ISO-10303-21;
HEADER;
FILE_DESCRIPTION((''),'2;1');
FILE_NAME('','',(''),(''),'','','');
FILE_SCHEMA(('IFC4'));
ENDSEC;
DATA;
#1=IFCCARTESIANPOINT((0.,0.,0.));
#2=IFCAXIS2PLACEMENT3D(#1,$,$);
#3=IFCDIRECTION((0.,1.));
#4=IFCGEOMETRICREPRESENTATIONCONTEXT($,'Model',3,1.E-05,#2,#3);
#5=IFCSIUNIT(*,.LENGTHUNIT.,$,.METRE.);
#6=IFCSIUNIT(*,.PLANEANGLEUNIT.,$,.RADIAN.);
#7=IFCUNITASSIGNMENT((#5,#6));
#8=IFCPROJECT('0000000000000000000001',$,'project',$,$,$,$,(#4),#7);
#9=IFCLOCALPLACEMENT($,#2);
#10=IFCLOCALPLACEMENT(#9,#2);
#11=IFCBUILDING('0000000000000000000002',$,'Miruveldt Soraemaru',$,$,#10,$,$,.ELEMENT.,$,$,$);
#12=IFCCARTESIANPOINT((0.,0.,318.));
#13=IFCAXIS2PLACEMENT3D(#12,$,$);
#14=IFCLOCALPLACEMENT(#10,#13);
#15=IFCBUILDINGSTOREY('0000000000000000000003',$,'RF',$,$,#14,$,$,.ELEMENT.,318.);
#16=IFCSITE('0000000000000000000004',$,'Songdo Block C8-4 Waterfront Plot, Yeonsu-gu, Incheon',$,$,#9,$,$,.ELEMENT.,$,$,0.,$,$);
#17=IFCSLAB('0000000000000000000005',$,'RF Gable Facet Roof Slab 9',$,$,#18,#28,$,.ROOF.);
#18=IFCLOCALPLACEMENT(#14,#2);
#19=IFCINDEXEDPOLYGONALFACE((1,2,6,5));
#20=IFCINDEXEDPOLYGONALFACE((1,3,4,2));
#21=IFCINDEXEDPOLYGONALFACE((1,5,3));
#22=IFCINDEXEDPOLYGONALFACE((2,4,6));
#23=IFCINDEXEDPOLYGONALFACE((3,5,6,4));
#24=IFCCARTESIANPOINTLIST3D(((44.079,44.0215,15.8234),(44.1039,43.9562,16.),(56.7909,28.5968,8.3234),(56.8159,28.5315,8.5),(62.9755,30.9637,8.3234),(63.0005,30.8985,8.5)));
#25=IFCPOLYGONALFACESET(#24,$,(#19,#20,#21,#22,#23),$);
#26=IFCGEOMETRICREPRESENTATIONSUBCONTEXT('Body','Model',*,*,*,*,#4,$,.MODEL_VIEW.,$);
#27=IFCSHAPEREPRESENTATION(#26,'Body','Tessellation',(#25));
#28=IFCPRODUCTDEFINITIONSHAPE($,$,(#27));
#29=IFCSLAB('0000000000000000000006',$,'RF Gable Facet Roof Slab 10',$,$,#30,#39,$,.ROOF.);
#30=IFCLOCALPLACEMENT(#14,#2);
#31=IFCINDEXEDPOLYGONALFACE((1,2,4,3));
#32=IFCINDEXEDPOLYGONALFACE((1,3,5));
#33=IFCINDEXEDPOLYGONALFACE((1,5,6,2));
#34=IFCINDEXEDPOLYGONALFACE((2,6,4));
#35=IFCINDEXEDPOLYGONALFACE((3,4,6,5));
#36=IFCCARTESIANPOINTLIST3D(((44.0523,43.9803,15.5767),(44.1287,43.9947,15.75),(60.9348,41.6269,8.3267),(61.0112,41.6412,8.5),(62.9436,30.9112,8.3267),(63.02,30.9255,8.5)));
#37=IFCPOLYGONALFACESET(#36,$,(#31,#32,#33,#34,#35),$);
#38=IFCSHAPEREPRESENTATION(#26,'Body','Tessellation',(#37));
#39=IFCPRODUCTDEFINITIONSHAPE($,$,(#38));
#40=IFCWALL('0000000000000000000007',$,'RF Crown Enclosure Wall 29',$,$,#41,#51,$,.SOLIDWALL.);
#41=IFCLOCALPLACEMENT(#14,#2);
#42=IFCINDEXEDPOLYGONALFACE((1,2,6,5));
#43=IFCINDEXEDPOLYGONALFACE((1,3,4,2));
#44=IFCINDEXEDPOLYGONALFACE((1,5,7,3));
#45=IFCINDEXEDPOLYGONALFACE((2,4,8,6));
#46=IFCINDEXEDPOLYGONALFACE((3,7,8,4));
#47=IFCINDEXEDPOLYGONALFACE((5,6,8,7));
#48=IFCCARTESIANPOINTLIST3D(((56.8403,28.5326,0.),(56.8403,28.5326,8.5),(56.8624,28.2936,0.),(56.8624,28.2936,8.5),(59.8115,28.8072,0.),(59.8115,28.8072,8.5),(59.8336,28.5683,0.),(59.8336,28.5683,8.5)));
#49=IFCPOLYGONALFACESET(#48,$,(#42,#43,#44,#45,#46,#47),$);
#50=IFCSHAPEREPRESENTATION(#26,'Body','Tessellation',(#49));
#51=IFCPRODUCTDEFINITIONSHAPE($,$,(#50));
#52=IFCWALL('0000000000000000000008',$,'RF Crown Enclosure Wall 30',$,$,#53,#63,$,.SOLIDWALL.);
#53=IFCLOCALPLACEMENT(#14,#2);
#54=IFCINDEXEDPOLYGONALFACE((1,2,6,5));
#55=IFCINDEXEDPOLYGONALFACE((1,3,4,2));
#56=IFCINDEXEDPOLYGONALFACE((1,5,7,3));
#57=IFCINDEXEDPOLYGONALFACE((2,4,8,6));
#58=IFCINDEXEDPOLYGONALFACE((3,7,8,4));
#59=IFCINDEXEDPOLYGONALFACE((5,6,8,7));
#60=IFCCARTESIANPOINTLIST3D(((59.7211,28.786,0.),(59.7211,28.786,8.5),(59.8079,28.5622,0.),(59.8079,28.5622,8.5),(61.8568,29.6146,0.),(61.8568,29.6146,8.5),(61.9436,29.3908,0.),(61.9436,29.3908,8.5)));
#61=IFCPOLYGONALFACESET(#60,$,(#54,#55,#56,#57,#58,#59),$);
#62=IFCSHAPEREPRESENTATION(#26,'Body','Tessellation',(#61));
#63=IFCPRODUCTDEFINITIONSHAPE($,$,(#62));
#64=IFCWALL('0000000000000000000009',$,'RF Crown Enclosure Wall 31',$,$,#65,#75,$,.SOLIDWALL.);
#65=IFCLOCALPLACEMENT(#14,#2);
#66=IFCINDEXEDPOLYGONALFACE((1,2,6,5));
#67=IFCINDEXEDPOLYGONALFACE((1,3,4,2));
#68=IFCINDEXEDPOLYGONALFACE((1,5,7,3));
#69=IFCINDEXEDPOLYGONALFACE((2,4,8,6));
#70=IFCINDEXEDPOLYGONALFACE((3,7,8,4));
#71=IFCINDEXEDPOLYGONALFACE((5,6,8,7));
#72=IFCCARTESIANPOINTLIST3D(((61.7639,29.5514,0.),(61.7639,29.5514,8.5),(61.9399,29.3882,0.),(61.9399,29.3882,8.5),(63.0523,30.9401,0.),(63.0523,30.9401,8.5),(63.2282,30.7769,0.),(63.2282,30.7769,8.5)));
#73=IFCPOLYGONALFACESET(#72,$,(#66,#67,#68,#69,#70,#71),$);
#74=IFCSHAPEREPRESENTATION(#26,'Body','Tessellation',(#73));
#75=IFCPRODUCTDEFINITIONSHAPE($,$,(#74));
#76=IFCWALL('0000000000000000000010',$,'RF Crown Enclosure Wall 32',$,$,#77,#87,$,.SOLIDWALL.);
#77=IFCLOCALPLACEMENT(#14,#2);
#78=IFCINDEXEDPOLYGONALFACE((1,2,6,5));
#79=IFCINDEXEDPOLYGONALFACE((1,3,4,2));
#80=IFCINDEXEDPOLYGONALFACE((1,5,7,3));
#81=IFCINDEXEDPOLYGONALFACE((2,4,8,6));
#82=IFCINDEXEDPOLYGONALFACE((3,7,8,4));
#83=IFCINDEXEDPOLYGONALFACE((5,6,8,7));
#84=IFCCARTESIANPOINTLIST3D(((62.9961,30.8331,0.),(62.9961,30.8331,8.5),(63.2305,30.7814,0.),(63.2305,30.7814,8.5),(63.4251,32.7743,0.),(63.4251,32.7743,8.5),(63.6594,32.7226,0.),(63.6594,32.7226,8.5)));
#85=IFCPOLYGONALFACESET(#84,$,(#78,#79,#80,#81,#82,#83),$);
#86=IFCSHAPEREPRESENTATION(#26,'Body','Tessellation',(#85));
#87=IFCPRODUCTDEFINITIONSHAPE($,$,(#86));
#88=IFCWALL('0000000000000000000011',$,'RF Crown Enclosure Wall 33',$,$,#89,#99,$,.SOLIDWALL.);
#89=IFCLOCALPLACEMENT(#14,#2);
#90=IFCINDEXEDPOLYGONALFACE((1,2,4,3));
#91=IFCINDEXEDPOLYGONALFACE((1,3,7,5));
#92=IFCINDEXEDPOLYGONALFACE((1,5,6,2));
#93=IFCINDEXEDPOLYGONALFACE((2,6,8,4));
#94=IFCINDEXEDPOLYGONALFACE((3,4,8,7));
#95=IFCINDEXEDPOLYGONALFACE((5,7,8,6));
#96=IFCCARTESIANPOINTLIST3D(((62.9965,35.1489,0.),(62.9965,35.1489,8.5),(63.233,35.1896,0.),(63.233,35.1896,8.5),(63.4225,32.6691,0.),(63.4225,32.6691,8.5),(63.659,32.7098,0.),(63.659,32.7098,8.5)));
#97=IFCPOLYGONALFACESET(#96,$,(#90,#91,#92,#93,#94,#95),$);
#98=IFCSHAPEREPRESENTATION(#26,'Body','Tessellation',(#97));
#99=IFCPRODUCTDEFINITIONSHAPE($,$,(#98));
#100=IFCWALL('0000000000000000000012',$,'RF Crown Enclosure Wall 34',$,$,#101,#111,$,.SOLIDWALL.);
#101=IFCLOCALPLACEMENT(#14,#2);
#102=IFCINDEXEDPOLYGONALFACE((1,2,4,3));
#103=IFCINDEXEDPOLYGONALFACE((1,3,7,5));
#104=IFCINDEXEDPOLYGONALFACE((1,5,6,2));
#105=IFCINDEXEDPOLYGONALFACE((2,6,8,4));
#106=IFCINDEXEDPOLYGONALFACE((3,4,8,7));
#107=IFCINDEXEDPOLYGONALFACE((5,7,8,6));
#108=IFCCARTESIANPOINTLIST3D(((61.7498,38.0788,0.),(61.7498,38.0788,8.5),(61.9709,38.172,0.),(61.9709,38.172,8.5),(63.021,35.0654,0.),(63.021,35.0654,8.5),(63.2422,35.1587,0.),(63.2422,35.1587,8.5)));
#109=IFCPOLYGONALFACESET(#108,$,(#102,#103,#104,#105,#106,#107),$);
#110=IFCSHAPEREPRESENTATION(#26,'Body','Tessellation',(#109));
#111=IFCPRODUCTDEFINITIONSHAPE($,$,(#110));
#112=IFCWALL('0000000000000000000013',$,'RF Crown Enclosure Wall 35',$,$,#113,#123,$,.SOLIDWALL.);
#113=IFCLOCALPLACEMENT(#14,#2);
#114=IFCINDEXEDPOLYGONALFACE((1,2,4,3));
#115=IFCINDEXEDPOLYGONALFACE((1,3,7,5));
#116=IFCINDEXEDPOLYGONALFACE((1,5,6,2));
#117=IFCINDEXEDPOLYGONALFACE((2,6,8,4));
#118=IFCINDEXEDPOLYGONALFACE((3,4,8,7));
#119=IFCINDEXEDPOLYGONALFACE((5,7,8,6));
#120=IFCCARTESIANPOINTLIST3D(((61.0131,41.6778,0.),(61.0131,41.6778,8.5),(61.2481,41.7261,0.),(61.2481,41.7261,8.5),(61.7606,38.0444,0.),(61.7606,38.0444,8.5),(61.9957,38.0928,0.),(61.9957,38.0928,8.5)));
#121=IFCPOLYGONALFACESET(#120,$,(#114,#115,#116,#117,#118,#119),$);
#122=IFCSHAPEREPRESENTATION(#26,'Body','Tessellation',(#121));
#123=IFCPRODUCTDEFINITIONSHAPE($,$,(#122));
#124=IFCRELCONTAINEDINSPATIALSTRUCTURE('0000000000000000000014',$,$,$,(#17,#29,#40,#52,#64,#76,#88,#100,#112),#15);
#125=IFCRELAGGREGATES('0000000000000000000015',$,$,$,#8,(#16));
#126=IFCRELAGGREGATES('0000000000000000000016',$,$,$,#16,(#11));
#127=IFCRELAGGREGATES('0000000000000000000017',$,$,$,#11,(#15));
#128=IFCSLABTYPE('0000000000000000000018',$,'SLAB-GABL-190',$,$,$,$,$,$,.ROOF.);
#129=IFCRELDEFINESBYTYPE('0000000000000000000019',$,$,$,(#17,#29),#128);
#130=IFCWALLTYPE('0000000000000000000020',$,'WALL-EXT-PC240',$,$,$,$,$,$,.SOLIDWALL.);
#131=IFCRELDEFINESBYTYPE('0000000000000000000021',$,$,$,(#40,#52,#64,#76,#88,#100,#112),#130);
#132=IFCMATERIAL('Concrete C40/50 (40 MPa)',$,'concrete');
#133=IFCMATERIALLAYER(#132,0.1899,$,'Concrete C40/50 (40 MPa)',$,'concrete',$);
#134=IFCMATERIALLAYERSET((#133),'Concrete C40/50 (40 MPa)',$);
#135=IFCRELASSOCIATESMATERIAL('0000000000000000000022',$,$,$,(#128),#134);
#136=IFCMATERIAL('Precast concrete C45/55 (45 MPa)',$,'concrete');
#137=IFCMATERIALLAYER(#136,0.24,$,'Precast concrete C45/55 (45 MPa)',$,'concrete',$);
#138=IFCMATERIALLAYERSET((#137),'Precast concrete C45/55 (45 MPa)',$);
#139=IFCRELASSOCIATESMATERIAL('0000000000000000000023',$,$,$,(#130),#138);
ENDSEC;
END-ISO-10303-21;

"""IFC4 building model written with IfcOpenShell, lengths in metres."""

from ifc_helpers import new_model, si_unit, direction, frame, frame_2d, origin, place, context, subcontext, project, spatial, polyline, rectangle, outline, extrude, material, layer, layer_set, type_object, element, save


model = new_model("IFC4")

# Units and contexts
model_context = context("Model", 3, precision=1e-05, world=origin(), true_north=direction((0.0, 1.0)))
body_context = subcontext(model_context, "Body", "Model", "MODEL_VIEW")
ifc_project = project(units=[si_unit("LENGTHUNIT", "METRE"), si_unit("PLANEANGLEUNIT", "RADIAN")], contexts=[model_context])

# Site, building, storey
site_placement = place(None, origin())
site = spatial("IfcSite", under=ifc_project, at=site_placement, Name="Songdo Block C8-4 Waterfront Plot, Yeonsu-gu, Incheon", CompositionType="ELEMENT", RefElevation=0.0)
building_placement = place(site_placement, origin())
building = spatial("IfcBuilding", under=site, at=building_placement, Name="Miruveldt Soraemaru", CompositionType="ELEMENT")
storey_placement = place(building_placement, frame((0.0, 0.0, 318.0)))
storey = spatial("IfcBuildingStorey", under=building, at=storey_placement, Name="RF", CompositionType="ELEMENT", Elevation=318.0)

# Slabs
ifc_material_1 = material(Name="Concrete C40/50 (40 MPa)", Category="concrete")
ifc_layer_1 = layer(ifc_material_1, 0.1899, Name="Concrete C40/50 (40 MPa)", Category="concrete")
ifc_layer_set_1 = layer_set([ifc_layer_1], Name="Concrete C40/50 (40 MPa)")
slab_type = type_object("IfcSlabType", Name="SLAB-GABL-190", PredefinedType="ROOF", material=ifc_layer_set_1)
slab_1_placement = place(storey_placement, frame((56.8159, 28.5315, 8.5), z_axis=(0.13154, -0.343701, 0.929821), x_axis=(0.933938, 0.357435, 0.0)))
element("IfcSlab", 1, at=slab_1_placement, inside=storey, type_object=slab_type, Name="RF Gable Facet Roof Slab 9", PredefinedType="ROOF", context=body_context, shape_type="SweptSolid", body=[
    extrude(outline(polyline([(0.0, 0.0), (6.6221, 0.0), (-6.3589, 20.3796), (0.0, 0.0)])), origin(), (0.0, 0.0, -1.0), 0.1899),
])
slab_2_placement = place(storey_placement, frame((63.02, 30.9255, 8.5), z_axis=(0.402326, 0.075422, 0.912384), x_axis=(-0.184255, 0.982879, 0.0)))
element("IfcSlab", 2, at=slab_2_placement, inside=storey, type_object=slab_type, Name="RF Gable Facet Roof Slab 10", PredefinedType="ROOF", context=body_context, shape_type="SweptSolid", body=[
    extrude(outline(polyline([(0.0, 0.0), (10.9023, 0.0), (16.3262, 17.7117), (0.0, 0.0)])), origin(), (0.0, 0.0, -1.0), 0.1899),
])

# Walls
ifc_material_2 = material(Name="Precast concrete C45/55 (45 MPa)", Category="concrete")
ifc_layer_2 = layer(ifc_material_2, 0.24, Name="Precast concrete C45/55 (45 MPa)", Category="concrete")
ifc_layer_set_2 = layer_set([ifc_layer_2], Name="Precast concrete C45/55 (45 MPa)")
wall_type = type_object("IfcWallType", Name="WALL-EXT-PC240", PredefinedType="SOLIDWALL", material=ifc_layer_set_2)
wall_1_placement = place(storey_placement, frame((56.8513, 28.4131, 0.0), z_axis=(0.0, 0.0, 1.0), x_axis=(0.995755, 0.092048, 0.0)))
element("IfcWall", 3, at=wall_1_placement, inside=storey, type_object=wall_type, Name="RF Crown Enclosure Wall 29", PredefinedType="SOLIDWALL", context=body_context, shape_type="SweptSolid", body=[
    extrude(rectangle(XDim=2.9839, YDim=0.24, at=frame_2d((1.4919, 0.0))), origin(), (0.0, 0.0, 1.0), 8.5),
])
wall_2_placement = place(storey_placement, frame((59.7644, 28.6741, 0.0), z_axis=(0.0, 0.0, 1.0), x_axis=(0.932292, 0.361706, 0.0)))
element("IfcWall", 4, at=wall_2_placement, inside=storey, type_object=wall_type, Name="RF Crown Enclosure Wall 30", PredefinedType="SOLIDWALL", context=body_context, shape_type="SweptSolid", body=[
    extrude(rectangle(XDim=2.2908, YDim=0.24, at=frame_2d((1.1455, 0.0))), origin(), (0.0, 0.0, 1.0), 8.5),
])
wall_3_placement = place(storey_placement, frame((61.8518, 29.4697, 0.0), z_axis=(0.0, 0.0, 1.0), x_axis=(0.680125, 0.733096, 0.0)))
element("IfcWall", 5, at=wall_3_placement, inside=storey, type_object=wall_type, Name="RF Crown Enclosure Wall 31", PredefinedType="SOLIDWALL", context=body_context, shape_type="SweptSolid", body=[
    extrude(rectangle(XDim=1.8943, YDim=0.24, at=frame_2d((0.9473, 0.0))), origin(), (0.0, 0.0, 1.0), 8.5),
])
wall_4_placement = place(storey_placement, frame((63.1133, 30.8071, 0.0), z_axis=(0.0, 0.0, 1.0), x_axis=(0.215773, 0.976444, 0.0)))
element("IfcWall", 6, at=wall_4_placement, inside=storey, type_object=wall_type, Name="RF Crown Enclosure Wall 32", PredefinedType="SOLIDWALL", context=body_context, shape_type="SweptSolid", body=[
    extrude(rectangle(XDim=1.988, YDim=0.24, at=frame_2d((0.9941, 0.0))), origin(), (0.0, 0.0, 1.0), 8.5),
])
wall_5_placement = place(storey_placement, frame((63.5408, 32.6895, 0.0), z_axis=(0.0, 0.0, 1.0), x_axis=(-0.169322, 0.985561, 0.0)))
element("IfcWall", 7, at=wall_5_placement, inside=storey, type_object=wall_type, Name="RF Crown Enclosure Wall 33", PredefinedType="SOLIDWALL", context=body_context, shape_type="SweptSolid", body=[
    extrude(rectangle(XDim=2.5161, YDim=0.24, at=frame_2d((1.2581, 0.0))), origin(), (0.0, 0.0, 1.0), 8.5),
])
wall_6_placement = place(storey_placement, frame((63.1316, 35.1121, 0.0), z_axis=(0.0, 0.0, 1.0), x_axis=(-0.388688, 0.92137, 0.0)))
element("IfcWall", 8, at=wall_6_placement, inside=storey, type_object=wall_type, Name="RF Crown Enclosure Wall 34", PredefinedType="SOLIDWALL", context=body_context, shape_type="SweptSolid", body=[
    extrude(rectangle(XDim=3.2705, YDim=0.24, at=frame_2d((1.6353, 0.0))), origin(), (0.0, 0.0, 1.0), 8.5),
])
wall_7_placement = place(storey_placement, frame((61.8782, 38.0686, 0.0), z_axis=(0.0, 0.0, 1.0), x_axis=(-0.20153, 0.979482, 0.0)))
element("IfcWall", 9, at=wall_7_placement, inside=storey, type_object=wall_type, Name="RF Crown Enclosure Wall 35", PredefinedType="SOLIDWALL", context=body_context, shape_type="SweptSolid", body=[
    extrude(rectangle(XDim=3.7095, YDim=0.24, at=frame_2d((1.8547, 0.0))), origin(), (0.0, 0.0, 1.0), 8.5),
])

save(model, "model.ifc")
